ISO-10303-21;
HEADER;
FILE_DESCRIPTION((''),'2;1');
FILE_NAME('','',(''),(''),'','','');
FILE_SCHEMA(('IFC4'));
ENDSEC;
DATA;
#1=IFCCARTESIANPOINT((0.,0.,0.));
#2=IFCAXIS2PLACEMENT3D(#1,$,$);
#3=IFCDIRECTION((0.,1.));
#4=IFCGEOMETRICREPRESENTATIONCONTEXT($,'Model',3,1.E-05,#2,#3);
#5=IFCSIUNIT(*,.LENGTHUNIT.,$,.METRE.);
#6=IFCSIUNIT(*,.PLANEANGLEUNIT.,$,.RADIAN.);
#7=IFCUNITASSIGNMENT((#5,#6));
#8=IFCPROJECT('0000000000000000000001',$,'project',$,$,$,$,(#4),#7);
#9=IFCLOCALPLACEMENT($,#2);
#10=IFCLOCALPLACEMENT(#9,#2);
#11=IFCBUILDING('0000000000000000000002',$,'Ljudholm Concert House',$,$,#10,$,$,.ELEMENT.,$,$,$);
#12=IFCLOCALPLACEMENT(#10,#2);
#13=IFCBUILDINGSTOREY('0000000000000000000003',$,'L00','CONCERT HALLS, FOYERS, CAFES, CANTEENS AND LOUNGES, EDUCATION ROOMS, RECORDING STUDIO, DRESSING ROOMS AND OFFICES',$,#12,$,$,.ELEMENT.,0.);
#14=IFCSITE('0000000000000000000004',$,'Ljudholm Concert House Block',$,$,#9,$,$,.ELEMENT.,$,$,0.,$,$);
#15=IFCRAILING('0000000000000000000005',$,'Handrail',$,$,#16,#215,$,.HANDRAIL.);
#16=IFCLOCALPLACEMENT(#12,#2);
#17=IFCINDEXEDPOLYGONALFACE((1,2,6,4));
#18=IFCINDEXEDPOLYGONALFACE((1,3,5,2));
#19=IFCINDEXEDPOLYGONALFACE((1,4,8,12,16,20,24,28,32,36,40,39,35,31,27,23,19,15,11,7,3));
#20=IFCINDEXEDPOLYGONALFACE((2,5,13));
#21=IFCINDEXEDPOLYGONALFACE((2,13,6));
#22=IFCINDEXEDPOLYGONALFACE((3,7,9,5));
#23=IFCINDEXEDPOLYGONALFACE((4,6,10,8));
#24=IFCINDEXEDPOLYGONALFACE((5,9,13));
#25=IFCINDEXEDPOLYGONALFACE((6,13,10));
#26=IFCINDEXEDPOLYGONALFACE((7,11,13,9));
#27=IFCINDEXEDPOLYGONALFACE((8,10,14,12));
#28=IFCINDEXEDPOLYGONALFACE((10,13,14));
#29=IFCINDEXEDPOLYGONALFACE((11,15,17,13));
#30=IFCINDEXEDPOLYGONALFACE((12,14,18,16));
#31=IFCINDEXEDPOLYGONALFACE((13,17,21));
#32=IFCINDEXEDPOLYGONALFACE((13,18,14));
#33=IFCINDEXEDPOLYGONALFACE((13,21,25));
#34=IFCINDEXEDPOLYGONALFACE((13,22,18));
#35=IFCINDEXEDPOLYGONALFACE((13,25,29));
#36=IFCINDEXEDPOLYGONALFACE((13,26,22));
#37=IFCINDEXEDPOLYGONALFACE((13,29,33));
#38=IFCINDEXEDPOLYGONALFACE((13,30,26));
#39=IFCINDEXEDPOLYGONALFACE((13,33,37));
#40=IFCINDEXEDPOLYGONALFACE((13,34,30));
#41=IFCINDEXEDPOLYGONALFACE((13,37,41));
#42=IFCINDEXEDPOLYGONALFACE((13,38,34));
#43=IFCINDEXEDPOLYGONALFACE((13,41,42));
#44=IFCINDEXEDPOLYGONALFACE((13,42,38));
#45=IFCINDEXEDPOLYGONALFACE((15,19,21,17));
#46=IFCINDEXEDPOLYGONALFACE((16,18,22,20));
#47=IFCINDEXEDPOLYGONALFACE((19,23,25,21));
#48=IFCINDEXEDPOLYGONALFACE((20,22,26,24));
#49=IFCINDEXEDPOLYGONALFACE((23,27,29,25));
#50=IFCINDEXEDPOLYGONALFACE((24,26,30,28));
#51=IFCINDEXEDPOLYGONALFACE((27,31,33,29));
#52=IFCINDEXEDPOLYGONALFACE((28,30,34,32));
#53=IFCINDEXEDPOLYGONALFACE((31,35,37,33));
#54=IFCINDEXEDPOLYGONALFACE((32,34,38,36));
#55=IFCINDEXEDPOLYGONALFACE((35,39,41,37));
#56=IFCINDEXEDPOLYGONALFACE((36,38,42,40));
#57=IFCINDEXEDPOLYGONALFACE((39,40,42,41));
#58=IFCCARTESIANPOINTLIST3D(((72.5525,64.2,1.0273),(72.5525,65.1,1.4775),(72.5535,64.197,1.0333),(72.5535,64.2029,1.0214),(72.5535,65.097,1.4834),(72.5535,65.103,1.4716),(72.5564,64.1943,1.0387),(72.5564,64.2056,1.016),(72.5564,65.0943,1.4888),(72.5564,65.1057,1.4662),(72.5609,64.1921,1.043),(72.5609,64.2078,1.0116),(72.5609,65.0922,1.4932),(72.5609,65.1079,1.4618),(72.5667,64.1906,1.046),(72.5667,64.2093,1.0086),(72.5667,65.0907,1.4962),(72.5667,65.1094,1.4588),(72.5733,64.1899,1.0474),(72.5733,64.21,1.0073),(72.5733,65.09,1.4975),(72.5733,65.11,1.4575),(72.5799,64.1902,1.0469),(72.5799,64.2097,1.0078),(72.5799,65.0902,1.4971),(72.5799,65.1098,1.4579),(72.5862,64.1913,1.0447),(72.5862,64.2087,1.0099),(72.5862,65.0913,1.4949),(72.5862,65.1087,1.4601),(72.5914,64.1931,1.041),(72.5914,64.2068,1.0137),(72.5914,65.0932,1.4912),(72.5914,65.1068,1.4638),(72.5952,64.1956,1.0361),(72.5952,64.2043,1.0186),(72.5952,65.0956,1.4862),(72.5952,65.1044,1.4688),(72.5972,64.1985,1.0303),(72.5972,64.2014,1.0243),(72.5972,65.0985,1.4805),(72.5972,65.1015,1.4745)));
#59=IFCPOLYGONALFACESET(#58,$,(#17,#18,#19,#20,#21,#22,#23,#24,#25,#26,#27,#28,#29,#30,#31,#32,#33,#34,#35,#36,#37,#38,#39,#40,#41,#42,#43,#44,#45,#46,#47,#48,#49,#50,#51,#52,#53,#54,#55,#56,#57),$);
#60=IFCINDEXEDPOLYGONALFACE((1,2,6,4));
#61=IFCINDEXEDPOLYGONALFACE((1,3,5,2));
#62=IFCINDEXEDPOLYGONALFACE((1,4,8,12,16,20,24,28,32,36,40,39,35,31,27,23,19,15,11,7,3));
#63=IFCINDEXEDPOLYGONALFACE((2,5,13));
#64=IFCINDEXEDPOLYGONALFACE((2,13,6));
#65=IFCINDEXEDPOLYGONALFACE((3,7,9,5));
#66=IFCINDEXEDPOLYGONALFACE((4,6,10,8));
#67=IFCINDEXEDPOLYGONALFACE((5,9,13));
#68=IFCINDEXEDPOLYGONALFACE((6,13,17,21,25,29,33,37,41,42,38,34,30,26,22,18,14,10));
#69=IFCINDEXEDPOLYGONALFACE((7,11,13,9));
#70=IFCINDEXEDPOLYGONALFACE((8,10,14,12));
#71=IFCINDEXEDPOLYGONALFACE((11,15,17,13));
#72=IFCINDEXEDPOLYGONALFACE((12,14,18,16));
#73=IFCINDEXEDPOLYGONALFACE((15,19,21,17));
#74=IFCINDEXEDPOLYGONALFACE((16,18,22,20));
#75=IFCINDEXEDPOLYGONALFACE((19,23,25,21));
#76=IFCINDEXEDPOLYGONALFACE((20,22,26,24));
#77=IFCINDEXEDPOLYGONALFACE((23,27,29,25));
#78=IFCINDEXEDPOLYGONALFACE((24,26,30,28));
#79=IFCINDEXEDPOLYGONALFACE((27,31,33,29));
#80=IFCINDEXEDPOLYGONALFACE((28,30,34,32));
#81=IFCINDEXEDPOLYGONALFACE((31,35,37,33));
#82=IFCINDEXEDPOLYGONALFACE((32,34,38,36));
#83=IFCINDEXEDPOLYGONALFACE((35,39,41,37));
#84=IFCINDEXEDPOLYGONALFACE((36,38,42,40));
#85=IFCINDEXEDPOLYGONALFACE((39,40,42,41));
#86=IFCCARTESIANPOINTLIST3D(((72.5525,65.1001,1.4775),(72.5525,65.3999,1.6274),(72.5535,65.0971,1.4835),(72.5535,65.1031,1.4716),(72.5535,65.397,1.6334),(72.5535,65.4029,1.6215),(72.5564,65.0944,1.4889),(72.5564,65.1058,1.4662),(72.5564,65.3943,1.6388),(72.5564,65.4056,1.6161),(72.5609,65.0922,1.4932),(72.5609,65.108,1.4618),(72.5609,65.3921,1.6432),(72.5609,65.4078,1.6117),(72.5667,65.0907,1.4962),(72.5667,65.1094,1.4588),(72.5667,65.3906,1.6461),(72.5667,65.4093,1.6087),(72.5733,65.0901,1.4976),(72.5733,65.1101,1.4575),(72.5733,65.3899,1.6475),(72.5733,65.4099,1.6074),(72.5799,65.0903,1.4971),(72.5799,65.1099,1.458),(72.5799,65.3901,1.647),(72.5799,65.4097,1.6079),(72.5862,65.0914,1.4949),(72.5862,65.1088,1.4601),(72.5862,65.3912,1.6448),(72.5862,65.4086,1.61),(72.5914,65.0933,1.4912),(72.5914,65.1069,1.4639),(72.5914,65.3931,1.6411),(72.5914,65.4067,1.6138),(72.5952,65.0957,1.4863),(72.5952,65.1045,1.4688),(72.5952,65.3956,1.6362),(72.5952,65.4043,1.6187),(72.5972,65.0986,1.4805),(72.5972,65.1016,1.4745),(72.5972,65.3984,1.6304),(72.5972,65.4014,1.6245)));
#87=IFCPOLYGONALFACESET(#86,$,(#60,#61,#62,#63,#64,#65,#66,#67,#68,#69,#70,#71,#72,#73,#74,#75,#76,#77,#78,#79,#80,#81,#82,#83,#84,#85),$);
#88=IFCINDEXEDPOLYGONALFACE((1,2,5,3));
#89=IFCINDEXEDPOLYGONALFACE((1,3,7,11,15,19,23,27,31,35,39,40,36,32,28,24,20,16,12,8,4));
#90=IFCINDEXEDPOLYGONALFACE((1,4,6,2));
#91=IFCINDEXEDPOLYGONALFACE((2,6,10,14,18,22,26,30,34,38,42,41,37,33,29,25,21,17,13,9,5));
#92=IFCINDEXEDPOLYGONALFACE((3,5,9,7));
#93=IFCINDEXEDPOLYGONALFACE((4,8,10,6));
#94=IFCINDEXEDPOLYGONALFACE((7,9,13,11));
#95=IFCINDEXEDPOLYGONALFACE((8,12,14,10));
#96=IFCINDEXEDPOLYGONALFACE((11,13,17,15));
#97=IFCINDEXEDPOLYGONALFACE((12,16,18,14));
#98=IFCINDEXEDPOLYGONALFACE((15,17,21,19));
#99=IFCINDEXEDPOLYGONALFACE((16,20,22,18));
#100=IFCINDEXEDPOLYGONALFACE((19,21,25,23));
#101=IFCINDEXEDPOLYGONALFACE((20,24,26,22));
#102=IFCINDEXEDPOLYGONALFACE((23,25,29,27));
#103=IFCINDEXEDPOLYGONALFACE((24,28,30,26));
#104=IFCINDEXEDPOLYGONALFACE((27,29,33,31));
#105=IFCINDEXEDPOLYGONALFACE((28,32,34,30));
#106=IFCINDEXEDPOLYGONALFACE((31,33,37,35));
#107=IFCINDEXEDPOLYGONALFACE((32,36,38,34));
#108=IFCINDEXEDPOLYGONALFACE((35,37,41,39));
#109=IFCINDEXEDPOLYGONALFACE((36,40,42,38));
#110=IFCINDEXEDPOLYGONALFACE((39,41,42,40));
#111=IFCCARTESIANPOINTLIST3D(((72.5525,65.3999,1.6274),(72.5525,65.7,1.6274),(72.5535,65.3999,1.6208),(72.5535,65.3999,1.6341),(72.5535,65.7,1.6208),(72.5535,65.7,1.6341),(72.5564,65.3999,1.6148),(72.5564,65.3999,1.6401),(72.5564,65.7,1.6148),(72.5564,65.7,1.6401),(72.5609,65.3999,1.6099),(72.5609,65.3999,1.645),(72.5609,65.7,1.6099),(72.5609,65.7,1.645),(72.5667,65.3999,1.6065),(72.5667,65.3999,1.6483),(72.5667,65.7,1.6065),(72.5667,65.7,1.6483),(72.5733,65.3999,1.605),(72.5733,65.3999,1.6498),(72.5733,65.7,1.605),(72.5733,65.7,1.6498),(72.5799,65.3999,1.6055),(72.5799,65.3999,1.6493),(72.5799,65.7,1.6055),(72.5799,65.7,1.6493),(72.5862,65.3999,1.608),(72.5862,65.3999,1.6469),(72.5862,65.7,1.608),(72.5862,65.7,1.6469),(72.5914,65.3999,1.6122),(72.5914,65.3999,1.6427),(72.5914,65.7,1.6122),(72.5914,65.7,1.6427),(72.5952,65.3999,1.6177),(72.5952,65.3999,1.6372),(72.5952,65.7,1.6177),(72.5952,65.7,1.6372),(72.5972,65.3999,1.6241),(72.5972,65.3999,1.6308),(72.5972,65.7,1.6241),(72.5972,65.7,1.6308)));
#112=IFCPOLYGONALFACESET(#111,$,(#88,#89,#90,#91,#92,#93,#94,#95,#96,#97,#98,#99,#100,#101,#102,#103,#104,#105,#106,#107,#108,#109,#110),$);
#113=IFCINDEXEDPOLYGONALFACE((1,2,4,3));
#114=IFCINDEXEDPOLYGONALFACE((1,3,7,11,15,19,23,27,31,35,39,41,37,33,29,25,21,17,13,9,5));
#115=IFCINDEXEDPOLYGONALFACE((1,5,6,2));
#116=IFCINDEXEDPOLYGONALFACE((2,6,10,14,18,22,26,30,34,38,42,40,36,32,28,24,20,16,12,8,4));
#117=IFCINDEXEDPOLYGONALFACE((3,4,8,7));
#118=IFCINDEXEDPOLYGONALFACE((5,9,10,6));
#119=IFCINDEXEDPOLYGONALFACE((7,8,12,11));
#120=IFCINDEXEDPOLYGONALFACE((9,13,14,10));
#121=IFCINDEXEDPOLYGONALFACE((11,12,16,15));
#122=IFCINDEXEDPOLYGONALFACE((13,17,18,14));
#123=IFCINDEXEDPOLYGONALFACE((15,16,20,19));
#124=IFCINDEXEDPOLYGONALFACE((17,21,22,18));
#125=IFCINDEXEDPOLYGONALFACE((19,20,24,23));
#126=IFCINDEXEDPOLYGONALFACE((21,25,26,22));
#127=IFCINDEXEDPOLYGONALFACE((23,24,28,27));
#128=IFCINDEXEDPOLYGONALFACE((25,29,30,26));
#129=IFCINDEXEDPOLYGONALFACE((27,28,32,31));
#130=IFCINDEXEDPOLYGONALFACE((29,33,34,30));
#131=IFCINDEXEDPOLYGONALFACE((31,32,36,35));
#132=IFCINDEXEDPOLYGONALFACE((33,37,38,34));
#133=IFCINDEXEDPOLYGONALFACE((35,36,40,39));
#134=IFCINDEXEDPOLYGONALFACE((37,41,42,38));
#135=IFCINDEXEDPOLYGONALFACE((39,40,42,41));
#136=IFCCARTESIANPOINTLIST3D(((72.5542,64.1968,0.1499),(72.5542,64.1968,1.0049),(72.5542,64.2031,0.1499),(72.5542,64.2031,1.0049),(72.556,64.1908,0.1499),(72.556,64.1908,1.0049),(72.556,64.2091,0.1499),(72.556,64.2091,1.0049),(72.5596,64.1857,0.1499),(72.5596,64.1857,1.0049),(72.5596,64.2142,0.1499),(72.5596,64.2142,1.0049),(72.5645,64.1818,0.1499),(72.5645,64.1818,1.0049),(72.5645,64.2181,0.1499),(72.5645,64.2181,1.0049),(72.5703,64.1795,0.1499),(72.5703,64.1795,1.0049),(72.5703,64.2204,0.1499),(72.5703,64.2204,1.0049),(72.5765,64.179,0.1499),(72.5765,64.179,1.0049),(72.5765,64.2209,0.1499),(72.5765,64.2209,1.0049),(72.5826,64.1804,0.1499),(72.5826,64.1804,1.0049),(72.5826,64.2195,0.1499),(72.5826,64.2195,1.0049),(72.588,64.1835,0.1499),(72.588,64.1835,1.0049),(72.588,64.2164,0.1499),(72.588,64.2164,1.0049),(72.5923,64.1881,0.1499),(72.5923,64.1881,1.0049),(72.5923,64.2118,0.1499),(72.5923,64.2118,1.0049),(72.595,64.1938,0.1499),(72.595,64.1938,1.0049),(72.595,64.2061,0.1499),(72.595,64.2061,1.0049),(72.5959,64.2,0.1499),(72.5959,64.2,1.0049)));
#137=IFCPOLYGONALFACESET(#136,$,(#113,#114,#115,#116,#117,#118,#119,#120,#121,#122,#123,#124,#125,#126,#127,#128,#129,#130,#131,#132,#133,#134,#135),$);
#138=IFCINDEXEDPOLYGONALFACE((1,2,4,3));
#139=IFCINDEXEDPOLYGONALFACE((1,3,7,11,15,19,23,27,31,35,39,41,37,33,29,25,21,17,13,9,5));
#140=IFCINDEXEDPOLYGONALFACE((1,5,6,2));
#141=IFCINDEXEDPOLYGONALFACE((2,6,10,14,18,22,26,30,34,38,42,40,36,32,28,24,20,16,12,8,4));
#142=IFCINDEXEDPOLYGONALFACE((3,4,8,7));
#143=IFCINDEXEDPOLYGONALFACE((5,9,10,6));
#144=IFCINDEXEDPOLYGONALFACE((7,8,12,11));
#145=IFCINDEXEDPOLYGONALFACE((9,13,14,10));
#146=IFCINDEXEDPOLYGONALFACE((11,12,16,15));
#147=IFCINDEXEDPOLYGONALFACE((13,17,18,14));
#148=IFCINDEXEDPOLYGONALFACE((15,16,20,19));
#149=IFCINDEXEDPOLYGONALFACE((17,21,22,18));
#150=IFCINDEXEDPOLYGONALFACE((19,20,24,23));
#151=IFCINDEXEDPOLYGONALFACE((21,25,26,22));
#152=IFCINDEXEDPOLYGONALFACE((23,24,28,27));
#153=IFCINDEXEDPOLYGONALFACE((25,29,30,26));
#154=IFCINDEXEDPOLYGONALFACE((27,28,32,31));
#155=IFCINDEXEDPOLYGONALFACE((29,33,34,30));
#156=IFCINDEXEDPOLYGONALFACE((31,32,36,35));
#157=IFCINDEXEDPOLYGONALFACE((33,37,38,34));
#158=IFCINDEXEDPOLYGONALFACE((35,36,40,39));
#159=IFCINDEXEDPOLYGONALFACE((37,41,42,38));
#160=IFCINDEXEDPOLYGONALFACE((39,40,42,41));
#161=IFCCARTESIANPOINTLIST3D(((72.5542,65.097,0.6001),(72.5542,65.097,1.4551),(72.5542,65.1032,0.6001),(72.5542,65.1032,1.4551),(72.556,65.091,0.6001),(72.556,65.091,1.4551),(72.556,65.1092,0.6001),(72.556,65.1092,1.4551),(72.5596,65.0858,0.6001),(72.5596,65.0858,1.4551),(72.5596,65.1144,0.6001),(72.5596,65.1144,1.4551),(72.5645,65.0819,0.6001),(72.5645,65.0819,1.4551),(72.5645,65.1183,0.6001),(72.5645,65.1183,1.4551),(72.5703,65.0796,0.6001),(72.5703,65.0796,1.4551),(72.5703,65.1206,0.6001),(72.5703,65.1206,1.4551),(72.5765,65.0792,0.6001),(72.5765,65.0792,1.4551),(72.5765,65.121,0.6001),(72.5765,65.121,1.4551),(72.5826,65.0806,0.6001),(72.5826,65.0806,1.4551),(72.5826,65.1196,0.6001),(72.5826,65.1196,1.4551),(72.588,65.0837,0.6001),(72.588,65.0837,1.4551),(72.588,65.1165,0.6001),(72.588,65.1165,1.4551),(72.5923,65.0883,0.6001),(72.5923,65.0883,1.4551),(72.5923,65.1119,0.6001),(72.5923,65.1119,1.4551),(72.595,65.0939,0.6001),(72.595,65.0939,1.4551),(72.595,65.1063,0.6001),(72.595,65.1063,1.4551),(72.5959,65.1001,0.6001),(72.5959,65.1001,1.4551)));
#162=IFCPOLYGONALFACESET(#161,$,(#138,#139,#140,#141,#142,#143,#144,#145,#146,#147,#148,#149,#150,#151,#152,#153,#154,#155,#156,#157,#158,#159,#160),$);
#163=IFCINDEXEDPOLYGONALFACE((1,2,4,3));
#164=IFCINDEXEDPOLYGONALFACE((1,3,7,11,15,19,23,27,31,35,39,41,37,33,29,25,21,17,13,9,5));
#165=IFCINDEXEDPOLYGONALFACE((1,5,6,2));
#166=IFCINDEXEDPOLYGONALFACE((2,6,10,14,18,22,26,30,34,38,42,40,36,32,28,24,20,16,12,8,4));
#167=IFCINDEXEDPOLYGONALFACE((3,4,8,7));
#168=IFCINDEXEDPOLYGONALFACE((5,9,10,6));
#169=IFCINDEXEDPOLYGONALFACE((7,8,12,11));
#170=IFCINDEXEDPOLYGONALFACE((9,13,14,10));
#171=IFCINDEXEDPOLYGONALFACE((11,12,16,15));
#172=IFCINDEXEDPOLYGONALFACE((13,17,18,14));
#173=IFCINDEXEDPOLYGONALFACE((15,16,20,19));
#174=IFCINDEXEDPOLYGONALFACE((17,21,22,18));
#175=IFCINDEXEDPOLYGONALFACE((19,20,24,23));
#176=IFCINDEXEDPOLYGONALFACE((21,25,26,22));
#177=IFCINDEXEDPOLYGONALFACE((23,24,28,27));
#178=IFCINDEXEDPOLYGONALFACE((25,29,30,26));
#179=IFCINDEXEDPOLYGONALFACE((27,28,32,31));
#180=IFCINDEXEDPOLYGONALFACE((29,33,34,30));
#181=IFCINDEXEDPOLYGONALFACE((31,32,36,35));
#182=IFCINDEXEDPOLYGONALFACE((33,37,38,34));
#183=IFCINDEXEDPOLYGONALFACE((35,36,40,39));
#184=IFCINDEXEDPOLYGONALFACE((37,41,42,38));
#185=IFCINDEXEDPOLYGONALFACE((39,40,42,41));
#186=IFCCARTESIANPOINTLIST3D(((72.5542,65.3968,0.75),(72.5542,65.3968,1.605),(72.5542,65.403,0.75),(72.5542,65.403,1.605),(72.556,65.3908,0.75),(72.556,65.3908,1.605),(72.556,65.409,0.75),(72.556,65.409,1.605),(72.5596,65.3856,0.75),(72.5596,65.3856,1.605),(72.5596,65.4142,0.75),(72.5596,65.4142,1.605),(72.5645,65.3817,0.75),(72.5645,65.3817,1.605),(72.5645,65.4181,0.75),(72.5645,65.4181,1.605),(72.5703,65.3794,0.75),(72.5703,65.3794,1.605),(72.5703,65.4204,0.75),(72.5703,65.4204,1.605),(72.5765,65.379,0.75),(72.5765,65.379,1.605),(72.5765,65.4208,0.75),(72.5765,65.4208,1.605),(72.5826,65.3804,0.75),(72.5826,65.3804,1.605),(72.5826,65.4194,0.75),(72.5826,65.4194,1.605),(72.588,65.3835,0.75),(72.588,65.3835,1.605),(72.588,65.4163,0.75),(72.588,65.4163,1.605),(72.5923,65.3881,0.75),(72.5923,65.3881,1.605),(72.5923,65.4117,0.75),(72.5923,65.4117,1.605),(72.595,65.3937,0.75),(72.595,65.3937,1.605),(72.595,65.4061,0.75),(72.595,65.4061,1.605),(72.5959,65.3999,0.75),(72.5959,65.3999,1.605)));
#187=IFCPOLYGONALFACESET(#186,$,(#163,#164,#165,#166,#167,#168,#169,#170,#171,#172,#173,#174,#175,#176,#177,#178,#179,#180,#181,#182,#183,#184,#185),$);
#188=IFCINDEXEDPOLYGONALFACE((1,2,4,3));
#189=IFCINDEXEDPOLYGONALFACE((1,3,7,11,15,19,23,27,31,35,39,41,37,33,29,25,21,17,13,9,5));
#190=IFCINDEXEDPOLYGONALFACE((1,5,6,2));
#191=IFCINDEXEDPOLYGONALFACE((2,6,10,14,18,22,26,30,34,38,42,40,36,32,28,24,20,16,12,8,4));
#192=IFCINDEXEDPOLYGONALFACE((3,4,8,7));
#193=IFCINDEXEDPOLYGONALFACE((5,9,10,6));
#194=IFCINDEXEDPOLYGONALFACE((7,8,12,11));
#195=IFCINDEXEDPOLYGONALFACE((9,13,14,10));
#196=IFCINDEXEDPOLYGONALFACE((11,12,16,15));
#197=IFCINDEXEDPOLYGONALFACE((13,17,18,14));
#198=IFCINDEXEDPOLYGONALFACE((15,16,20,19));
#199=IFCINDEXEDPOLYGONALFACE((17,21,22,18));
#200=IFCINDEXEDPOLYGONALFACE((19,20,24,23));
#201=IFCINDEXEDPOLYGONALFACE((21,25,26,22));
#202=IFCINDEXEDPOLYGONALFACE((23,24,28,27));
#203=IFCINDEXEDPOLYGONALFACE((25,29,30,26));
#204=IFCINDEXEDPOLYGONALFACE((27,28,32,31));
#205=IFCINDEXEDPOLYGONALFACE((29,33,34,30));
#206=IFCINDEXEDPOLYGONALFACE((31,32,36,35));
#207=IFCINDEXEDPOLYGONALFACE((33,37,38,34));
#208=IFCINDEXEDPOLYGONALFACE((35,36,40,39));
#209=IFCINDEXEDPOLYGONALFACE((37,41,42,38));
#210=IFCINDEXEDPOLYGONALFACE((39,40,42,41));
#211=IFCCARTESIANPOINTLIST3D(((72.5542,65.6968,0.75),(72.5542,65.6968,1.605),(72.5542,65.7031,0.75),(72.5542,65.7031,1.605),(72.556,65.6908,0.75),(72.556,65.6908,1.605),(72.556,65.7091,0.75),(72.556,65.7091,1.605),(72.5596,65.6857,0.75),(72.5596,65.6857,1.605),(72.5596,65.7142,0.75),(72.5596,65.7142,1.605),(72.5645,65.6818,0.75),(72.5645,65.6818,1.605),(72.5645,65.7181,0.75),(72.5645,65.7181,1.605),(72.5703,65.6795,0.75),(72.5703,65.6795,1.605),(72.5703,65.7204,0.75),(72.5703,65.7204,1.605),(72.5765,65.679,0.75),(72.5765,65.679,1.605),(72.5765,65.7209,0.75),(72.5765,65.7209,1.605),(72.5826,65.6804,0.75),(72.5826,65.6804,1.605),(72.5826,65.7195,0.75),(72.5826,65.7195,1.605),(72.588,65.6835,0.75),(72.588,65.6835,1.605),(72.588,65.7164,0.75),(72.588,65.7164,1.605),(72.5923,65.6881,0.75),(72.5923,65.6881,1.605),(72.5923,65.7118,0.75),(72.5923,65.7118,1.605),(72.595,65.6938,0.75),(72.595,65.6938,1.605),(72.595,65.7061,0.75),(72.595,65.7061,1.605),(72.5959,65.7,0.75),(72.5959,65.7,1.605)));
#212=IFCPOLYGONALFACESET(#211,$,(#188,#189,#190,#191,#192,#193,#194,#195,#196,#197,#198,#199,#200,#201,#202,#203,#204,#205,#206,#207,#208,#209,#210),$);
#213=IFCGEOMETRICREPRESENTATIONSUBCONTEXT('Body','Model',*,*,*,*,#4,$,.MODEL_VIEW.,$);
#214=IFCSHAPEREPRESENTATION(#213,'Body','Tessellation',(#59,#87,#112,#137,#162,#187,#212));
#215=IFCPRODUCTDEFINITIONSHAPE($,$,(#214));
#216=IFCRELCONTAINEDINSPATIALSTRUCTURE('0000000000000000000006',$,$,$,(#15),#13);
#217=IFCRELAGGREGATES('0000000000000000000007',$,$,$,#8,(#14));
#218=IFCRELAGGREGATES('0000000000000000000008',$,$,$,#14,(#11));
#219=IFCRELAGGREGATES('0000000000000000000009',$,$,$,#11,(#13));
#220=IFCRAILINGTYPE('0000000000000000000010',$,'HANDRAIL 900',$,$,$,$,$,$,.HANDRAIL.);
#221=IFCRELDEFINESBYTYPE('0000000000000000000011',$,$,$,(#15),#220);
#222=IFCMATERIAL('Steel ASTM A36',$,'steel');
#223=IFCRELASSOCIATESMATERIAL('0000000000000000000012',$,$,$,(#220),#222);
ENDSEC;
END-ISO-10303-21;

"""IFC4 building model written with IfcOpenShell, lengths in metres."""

from ifc_helpers import new_model, si_unit, direction, frame, origin, origin_2d, place, context, subcontext, project, spatial, circle, extrude, material, type_object, element, save


model = new_model("IFC4")

# Units and contexts
model_context = context("Model", 3, precision=1e-05, world=origin(), true_north=direction((0.0, 1.0)))
body_context = subcontext(model_context, "Body", "Model", "MODEL_VIEW")
ifc_project = project(units=[si_unit("LENGTHUNIT", "METRE"), si_unit("PLANEANGLEUNIT", "RADIAN")], contexts=[model_context])

# Site, building, storey
site_placement = place(None, origin())
site = spatial("IfcSite", under=ifc_project, at=site_placement, Name="Ljudholm Concert House Block", CompositionType="ELEMENT", RefElevation=0.0)
building_placement = place(site_placement, origin())
building = spatial("IfcBuilding", under=site, at=building_placement, Name="Ljudholm Concert House", CompositionType="ELEMENT")
storey_placement = place(building_placement, origin())
storey = spatial("IfcBuildingStorey", under=building, at=storey_placement, Name="L00", Description="CONCERT HALLS, FOYERS, CAFES, CANTEENS AND LOUNGES, EDUCATION ROOMS, RECORDING STUDIO, DRESSING ROOMS AND OFFICES", CompositionType="ELEMENT", Elevation=0.0)

# Railing
ifc_material_1 = material(Name="Steel ASTM A36", Category="steel")
railing_type_1 = type_object("IfcRailingType", Name="HANDRAIL 900", PredefinedType="HANDRAIL", material=ifc_material_1)
railing_1_placement = place(storey_placement, frame((72.575, 64.2, 0.1499)))
element("IfcRailing", 1, at=railing_1_placement, inside=storey, type_object=railing_type_1, Name="Handrail", PredefinedType="HANDRAIL", context=body_context, shape_type="SweptSolid", body=[
    extrude(circle(Radius=0.0225, at=origin_2d()), frame((0.0, 0.0, 0.8774), z_axis=(0.0, 0.894379, 0.447311), x_axis=(-1.0, 0.0, 0.0)), (0.0, 0.0, 1.0), 1.0063),
    extrude(circle(Radius=0.0225, at=origin_2d()), frame((0.0, 0.9001, 1.3276), z_axis=(0.0, 0.894427, 0.447214), x_axis=(-1.0, 0.0, 0.0)), (0.0, 0.0, 1.0), 0.3352),
    extrude(circle(Radius=0.0225, at=origin_2d()), frame((0.0, 1.2, 1.4775), z_axis=(0.0, 1.0, 0.0), x_axis=(-1.0, 0.0, 0.0)), (0.0, 0.0, 1.0), 0.3),
    extrude(circle(Radius=0.021, at=origin_2d()), origin(), (0.0, 0.0, 1.0), 0.855),
    extrude(circle(Radius=0.021, at=origin_2d()), frame((0.0, 0.9001, 0.4502)), (0.0, 0.0, 1.0), 0.855),
    extrude(circle(Radius=0.021, at=origin_2d()), frame((0.0, 1.2, 0.6001)), (0.0, 0.0, 1.0), 0.855),
    extrude(circle(Radius=0.021, at=origin_2d()), frame((0.0, 1.5, 0.6001)), (0.0, 0.0, 1.0), 0.855),
])

save(model, "model.ifc")
